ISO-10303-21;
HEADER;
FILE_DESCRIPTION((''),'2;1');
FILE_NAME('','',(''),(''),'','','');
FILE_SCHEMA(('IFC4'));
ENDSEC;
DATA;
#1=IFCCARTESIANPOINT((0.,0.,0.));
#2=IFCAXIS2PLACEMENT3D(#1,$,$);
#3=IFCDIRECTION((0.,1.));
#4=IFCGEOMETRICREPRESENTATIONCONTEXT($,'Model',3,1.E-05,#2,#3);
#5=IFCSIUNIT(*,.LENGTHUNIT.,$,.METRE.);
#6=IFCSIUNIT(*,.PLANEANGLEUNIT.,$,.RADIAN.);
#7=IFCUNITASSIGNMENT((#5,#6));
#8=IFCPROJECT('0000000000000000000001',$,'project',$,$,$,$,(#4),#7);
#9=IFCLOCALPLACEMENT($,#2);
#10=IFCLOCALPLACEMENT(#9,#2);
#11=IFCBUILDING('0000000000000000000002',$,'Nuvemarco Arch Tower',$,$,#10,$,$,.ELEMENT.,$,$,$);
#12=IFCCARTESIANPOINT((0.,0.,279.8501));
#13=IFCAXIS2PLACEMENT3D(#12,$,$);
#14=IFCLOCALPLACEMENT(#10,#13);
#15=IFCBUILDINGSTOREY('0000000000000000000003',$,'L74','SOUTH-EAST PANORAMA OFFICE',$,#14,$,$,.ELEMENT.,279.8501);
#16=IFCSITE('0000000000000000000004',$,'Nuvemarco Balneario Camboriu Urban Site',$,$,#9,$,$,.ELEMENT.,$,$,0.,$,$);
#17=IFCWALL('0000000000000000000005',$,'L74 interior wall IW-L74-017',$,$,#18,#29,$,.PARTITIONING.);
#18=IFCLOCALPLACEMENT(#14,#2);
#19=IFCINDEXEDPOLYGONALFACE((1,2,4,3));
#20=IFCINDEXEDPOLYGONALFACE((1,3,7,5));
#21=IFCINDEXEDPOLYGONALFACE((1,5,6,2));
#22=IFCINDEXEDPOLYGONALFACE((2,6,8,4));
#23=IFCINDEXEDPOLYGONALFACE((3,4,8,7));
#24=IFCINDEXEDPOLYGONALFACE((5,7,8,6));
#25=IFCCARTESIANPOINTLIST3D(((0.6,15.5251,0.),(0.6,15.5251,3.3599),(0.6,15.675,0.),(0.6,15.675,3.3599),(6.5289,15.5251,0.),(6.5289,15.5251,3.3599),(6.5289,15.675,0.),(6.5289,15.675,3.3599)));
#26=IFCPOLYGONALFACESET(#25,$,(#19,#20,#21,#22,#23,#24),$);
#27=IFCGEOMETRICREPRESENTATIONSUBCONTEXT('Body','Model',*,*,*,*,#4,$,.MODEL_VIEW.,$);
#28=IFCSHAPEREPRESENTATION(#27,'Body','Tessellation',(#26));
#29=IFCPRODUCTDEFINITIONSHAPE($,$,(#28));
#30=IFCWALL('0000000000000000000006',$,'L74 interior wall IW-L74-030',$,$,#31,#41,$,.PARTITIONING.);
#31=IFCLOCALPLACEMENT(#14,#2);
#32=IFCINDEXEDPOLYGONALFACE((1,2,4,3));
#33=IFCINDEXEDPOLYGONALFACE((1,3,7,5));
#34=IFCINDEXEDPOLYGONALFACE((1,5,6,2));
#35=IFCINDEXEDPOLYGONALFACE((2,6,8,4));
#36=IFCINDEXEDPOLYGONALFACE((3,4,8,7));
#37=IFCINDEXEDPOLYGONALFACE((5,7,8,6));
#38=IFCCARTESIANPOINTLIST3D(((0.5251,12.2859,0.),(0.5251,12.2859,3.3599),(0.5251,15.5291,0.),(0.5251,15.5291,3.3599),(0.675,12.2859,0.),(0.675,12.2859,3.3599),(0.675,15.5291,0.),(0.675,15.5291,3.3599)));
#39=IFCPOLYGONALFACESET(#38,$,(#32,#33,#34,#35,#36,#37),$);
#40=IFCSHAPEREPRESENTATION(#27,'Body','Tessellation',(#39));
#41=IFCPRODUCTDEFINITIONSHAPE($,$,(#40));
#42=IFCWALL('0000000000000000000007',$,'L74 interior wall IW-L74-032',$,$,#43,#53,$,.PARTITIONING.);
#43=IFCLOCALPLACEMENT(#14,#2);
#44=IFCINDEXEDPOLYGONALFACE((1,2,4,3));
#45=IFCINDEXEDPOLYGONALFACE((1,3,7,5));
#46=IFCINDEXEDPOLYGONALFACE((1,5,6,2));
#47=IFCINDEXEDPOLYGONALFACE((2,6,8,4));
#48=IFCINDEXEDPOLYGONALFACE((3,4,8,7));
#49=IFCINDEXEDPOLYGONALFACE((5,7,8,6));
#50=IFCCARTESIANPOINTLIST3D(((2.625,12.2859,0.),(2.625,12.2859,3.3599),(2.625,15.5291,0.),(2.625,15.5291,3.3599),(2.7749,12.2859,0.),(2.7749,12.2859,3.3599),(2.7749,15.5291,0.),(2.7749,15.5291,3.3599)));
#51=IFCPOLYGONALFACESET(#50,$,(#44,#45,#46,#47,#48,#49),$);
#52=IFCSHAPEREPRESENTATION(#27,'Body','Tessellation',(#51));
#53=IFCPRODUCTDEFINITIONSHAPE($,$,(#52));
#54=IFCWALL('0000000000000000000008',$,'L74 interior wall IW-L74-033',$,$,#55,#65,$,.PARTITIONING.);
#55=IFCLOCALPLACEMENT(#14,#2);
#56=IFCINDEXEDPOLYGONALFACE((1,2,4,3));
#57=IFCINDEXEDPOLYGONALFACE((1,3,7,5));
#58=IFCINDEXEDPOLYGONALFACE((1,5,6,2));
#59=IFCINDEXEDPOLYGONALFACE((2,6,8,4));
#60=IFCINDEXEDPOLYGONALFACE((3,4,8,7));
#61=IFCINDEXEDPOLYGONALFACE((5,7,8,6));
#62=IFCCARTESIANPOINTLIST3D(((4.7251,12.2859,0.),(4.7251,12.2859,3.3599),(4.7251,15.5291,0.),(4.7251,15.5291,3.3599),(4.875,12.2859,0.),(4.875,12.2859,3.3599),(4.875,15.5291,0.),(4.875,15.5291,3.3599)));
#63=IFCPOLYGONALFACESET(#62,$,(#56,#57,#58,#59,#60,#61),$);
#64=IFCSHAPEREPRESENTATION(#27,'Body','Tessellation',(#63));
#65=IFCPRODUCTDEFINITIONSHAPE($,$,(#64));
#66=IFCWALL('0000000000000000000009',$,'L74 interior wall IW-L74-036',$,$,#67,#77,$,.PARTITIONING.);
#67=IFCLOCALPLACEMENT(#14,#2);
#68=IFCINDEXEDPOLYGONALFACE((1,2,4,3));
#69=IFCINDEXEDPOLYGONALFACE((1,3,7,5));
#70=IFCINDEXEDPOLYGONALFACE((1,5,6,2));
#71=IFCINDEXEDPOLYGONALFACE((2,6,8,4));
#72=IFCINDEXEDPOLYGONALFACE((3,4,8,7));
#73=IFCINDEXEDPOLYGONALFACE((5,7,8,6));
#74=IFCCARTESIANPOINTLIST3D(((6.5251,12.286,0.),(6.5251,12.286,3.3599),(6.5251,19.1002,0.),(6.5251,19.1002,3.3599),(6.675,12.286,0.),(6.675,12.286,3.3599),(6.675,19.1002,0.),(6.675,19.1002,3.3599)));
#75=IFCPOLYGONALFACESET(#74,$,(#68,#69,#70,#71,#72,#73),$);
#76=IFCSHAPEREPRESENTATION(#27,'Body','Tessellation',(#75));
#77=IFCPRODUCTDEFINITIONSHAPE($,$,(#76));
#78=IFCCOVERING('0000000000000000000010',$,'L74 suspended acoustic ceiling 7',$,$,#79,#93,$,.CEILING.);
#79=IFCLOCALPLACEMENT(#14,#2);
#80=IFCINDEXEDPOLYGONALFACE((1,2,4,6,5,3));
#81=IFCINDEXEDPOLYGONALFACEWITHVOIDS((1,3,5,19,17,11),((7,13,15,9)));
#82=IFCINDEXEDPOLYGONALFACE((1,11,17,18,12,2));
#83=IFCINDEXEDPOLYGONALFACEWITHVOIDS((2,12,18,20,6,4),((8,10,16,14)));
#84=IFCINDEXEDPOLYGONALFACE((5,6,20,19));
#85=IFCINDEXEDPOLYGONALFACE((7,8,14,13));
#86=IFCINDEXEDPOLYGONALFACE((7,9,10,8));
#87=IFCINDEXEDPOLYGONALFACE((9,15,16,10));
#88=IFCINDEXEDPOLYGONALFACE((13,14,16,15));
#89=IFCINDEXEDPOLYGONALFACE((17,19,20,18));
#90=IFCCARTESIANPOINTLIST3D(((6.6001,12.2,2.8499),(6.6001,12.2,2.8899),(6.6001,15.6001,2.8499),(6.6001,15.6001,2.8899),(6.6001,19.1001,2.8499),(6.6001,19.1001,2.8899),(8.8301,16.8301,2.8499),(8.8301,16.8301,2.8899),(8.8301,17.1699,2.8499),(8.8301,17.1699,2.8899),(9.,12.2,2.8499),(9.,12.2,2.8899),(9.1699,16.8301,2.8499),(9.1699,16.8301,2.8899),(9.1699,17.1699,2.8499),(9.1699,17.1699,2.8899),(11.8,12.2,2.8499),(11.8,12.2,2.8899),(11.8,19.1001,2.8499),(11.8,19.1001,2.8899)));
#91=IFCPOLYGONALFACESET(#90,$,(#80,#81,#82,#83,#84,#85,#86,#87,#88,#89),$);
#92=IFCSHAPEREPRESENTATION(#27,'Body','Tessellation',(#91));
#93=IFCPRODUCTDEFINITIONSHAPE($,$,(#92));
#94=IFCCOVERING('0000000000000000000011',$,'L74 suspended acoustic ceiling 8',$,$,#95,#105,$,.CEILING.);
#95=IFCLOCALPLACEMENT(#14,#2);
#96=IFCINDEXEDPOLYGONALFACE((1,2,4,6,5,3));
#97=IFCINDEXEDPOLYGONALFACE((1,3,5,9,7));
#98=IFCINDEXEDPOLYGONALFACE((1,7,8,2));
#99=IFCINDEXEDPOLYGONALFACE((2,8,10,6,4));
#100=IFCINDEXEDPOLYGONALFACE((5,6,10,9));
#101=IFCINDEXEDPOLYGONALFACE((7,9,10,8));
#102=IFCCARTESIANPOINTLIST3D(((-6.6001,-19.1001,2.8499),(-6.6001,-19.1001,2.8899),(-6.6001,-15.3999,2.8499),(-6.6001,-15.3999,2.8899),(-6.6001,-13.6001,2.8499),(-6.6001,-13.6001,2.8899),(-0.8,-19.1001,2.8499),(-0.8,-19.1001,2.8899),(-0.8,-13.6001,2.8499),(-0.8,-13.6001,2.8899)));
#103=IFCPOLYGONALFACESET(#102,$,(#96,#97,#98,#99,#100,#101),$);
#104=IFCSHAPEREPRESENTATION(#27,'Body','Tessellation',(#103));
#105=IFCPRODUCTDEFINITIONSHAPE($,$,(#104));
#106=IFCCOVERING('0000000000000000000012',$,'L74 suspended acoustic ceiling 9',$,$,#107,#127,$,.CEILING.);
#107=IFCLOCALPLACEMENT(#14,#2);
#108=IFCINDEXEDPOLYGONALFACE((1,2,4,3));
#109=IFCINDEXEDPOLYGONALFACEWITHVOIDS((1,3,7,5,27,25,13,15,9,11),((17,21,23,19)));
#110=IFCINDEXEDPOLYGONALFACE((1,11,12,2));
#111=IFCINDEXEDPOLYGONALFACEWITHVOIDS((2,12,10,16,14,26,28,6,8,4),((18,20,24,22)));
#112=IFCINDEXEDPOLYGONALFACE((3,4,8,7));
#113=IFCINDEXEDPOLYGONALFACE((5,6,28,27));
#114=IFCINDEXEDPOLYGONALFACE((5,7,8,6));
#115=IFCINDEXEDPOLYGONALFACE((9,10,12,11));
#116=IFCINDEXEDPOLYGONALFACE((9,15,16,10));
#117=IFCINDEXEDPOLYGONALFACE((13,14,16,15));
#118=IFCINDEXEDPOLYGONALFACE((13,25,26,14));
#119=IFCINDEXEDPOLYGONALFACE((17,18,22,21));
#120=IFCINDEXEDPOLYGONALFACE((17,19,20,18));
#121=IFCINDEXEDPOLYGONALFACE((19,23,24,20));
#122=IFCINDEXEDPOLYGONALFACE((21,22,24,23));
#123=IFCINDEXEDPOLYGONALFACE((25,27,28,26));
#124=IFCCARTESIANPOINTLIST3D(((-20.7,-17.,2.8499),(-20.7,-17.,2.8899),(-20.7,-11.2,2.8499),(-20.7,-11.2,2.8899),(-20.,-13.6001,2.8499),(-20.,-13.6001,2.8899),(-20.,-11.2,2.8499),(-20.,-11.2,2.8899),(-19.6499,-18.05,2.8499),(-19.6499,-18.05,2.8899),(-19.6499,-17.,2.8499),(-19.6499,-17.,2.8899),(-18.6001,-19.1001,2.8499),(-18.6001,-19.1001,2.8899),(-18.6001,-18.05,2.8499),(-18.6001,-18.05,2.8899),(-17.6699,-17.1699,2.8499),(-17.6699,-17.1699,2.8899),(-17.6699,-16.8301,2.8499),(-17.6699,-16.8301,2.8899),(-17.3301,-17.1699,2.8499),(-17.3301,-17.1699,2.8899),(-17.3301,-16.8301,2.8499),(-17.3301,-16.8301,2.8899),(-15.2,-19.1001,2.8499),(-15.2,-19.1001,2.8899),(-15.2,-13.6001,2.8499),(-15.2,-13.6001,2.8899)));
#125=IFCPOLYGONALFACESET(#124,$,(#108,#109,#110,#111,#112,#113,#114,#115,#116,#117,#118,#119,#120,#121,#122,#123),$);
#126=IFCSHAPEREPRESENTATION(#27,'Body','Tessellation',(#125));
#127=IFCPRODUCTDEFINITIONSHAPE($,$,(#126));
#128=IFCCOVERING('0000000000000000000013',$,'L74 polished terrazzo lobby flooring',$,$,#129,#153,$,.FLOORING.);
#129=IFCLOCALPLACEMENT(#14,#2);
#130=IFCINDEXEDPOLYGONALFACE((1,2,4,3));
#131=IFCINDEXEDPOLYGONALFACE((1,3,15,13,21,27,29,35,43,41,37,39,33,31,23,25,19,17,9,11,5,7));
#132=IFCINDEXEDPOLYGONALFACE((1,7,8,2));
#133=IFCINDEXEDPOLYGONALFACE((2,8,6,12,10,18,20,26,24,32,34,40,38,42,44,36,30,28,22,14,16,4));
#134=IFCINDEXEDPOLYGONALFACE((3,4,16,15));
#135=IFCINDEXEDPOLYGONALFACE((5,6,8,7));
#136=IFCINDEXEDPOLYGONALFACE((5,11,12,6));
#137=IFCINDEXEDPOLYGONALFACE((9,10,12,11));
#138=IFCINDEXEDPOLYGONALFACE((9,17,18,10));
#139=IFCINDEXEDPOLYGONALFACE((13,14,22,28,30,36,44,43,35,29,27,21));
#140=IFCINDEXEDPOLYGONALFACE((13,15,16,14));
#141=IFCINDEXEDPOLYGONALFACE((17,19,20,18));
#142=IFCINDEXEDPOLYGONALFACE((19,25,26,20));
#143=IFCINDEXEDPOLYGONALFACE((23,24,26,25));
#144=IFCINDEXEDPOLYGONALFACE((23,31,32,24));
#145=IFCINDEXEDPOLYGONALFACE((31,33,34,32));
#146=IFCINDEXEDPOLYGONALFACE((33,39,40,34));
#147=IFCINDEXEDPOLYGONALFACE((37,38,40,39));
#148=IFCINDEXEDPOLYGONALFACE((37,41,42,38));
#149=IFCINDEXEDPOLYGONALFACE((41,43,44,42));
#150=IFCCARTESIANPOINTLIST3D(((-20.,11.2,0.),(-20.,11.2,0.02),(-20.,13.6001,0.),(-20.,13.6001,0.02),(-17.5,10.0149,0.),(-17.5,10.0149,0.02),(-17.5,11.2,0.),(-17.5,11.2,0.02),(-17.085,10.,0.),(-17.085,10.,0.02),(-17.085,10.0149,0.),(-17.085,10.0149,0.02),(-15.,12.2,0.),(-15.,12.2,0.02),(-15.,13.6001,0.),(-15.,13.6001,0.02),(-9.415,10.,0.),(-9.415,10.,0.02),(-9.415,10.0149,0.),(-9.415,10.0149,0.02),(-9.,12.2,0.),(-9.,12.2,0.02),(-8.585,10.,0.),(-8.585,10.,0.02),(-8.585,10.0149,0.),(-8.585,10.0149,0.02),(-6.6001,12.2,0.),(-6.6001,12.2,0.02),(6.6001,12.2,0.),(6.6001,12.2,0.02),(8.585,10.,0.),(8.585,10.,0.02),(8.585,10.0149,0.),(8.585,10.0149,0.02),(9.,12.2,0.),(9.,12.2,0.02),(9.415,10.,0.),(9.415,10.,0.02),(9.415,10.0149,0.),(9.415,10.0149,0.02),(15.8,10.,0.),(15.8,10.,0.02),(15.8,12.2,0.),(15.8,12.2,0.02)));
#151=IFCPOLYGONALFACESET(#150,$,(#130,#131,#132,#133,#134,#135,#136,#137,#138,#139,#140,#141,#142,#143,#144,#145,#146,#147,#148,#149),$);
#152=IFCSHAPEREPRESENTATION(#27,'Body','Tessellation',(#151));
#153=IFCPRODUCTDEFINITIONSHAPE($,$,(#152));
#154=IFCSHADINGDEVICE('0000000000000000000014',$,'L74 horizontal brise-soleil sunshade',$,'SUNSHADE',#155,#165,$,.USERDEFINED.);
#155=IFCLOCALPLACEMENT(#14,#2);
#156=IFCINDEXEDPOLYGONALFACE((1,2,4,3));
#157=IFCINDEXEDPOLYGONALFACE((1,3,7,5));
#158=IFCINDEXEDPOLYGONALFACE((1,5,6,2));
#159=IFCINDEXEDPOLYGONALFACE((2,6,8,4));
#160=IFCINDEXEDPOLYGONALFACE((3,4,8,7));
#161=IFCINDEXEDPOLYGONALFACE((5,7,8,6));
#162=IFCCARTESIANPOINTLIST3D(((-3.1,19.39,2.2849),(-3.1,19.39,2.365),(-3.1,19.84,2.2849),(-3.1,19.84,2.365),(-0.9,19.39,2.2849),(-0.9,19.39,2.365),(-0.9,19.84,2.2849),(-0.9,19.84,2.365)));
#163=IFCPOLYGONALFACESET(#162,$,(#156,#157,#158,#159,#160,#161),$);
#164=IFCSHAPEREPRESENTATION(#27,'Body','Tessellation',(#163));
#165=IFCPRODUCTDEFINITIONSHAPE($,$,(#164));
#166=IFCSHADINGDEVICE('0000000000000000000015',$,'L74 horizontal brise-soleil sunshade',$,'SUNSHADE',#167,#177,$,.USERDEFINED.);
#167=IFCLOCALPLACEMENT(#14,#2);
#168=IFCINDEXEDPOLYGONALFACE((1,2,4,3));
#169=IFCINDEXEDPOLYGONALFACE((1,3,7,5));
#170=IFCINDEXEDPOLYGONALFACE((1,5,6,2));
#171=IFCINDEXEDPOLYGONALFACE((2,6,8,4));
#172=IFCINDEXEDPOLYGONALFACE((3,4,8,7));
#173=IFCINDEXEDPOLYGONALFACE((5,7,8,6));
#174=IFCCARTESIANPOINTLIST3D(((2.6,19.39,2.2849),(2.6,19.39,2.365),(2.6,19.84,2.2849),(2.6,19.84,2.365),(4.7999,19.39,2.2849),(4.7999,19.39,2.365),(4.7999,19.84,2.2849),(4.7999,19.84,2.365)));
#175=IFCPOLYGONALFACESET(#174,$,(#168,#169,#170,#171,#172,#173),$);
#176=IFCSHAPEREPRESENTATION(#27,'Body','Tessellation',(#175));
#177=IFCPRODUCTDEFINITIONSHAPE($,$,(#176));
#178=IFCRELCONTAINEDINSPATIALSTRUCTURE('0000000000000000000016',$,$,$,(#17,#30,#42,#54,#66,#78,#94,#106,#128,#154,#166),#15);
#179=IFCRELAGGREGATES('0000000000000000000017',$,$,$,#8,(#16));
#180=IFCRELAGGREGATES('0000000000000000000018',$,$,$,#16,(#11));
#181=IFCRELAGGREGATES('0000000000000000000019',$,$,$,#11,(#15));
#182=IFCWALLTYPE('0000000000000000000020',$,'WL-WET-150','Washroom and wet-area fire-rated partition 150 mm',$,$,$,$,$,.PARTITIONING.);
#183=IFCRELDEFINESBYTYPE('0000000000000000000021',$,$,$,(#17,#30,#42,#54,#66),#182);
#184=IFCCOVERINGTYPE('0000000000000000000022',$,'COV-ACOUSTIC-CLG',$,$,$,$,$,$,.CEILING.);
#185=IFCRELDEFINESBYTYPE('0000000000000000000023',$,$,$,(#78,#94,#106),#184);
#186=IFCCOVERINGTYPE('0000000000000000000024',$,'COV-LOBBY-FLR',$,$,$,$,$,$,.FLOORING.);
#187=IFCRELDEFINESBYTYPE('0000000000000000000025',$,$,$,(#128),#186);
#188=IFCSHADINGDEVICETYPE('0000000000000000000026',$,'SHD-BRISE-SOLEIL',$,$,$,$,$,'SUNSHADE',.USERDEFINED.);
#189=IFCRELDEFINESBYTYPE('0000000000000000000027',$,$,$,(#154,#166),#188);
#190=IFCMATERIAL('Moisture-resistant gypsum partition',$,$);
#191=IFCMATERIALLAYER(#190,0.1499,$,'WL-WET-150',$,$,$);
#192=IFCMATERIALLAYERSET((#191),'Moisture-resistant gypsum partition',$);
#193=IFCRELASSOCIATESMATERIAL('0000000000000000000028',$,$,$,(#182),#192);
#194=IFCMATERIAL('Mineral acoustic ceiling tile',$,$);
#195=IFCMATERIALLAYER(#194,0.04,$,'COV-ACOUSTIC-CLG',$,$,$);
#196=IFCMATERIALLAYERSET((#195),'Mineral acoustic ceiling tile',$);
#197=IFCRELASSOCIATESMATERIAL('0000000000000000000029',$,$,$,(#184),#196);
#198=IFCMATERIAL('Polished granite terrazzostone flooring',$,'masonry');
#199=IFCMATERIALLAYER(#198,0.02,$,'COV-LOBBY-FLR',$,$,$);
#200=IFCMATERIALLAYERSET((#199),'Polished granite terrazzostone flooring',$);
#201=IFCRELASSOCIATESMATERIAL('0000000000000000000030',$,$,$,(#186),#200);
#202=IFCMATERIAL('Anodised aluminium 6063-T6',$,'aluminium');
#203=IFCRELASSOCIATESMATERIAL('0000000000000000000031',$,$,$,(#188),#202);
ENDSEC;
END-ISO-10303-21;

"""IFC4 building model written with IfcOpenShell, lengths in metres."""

from ifc_helpers import new_model, si_unit, direction, frame, frame_2d, origin, origin_2d, place, context, subcontext, project, spatial, polyline, rectangle, outline, extrude, source, transform, mapped, material, layer, layer_set, type_object, type_shapes, element, save


model = new_model("IFC4")

# Units and contexts
model_context = context("Model", 3, precision=1e-05, world=origin(), true_north=direction((0.0, 1.0)))
body_context = subcontext(model_context, "Body", "Model", "MODEL_VIEW")
ifc_project = project(units=[si_unit("LENGTHUNIT", "METRE"), si_unit("PLANEANGLEUNIT", "RADIAN")], contexts=[model_context])

# Site, building, storey
site_placement = place(None, origin())
site = spatial("IfcSite", under=ifc_project, at=site_placement, Name="Nuvemarco Balneario Camboriu Urban Site", CompositionType="ELEMENT", RefElevation=0.0)
building_placement = place(site_placement, origin())
building = spatial("IfcBuilding", under=site, at=building_placement, Name="Nuvemarco Arch Tower", CompositionType="ELEMENT")
storey_placement = place(building_placement, frame((0.0, 0.0, 279.8501)))
storey = spatial("IfcBuildingStorey", under=building, at=storey_placement, Name="L74", Description="SOUTH-EAST PANORAMA OFFICE", CompositionType="ELEMENT", Elevation=279.8501)

# Walls
ifc_material_1 = material(Name="Moisture-resistant gypsum partition")
ifc_layer_1 = layer(ifc_material_1, 0.1499, Name="WL-WET-150")
ifc_layer_set_1 = layer_set([ifc_layer_1], Name="Moisture-resistant gypsum partition")
wall_type_1 = type_object("IfcWallType", Name="WL-WET-150", Description="Washroom and wet-area fire-rated partition 150 mm", PredefinedType="PARTITIONING", material=ifc_layer_set_1)
wall_1_placement = place(storey_placement, frame((0.6001, 15.6001, 0.0), z_axis=(0.0, 0.0, 1.0), x_axis=(1.0, 0.0, 0.0)))
element("IfcWall", 1, at=wall_1_placement, inside=storey, type_object=wall_type_1, Name="L74 interior wall IW-L74-017", PredefinedType="PARTITIONING", context=body_context, shape_type="SweptSolid", body=[
    extrude(rectangle(XDim=5.929, YDim=0.1499, at=frame_2d((2.9644, 0.0))), origin(), (0.0, 0.0, 1.0), 3.3599),
])
for number, where, z_axis, x_axis, name in (
    (2, (0.6001, 12.2859, 0.0), (0.0, 0.0, 1.0), (0.0, 1.0, 0.0), "L74 interior wall IW-L74-030"),
    (3, (2.7, 12.2859, 0.0), (0.0, 0.0, 1.0), (0.0, 1.0, 0.0), "L74 interior wall IW-L74-032"),
    (4, (4.8, 12.2859, 0.0), (0.0, 0.0, 1.0), (0.0, 1.0, 0.0), "L74 interior wall IW-L74-033"),
):
    element("IfcWall", number, at=place(storey_placement, frame(where, z_axis=z_axis, x_axis=x_axis)), inside=storey, type_object=wall_type_1, Name=name, PredefinedType="PARTITIONING", context=body_context, shape_type="SweptSolid", body=[
        extrude(rectangle(XDim=3.2432, YDim=0.1499, at=frame_2d((1.6216, 0.0))), origin(), (0.0, 0.0, 1.0), 3.3599),
    ])
wall_2_placement = place(storey_placement, frame((6.6001, 12.2859, 0.0), z_axis=(0.0, 0.0, 1.0), x_axis=(0.0, 1.0, 0.0)))
element("IfcWall", 5, at=wall_2_placement, inside=storey, type_object=wall_type_1, Name="L74 interior wall IW-L74-036", PredefinedType="PARTITIONING", context=body_context, shape_type="SweptSolid", body=[
    extrude(rectangle(XDim=6.8142, YDim=0.1499, at=frame_2d((3.4072, 0.0))), origin(), (0.0, 0.0, 1.0), 3.3599),
])

# Coverings
ifc_material_2 = material(Name="Mineral acoustic ceiling tile")
ifc_layer_2 = layer(ifc_material_2, 0.04, Name="COV-ACOUSTIC-CLG")
ifc_layer_set_2 = layer_set([ifc_layer_2], Name="Mineral acoustic ceiling tile")
covering_type_1 = type_object("IfcCoveringType", Name="COV-ACOUSTIC-CLG", PredefinedType="CEILING", material=ifc_layer_set_2)
covering_1_placement = place(storey_placement, frame((0.0, 0.0, 2.8499)))
element("IfcCovering", 6, at=covering_1_placement, inside=storey, type_object=covering_type_1, Name="L74 suspended acoustic ceiling 7", PredefinedType="CEILING", context=body_context, shape_type="SweptSolid", body=[
    extrude(outline(polyline([(11.8, 19.1001), (11.8, 12.2), (9.0, 12.2), (6.6001, 12.2), (6.6001, 15.6001), (6.6001, 19.1001), (11.8, 19.1001)]), holes=[polyline([(9.1699, 17.1699), (8.8301, 17.1699), (8.8301, 16.8301), (9.1699, 16.8301), (9.1699, 17.1699)])]), origin(), (0.0, 0.0, 1.0), 0.04),
])
covering_2_placement = place(storey_placement, frame((0.0, 0.0, 2.8499)))
element("IfcCovering", 7, at=covering_2_placement, inside=storey, type_object=covering_type_1, Name="L74 suspended acoustic ceiling 8", PredefinedType="CEILING", context=body_context, shape_type="SweptSolid", body=[
    extrude(outline(polyline([(-0.8, -13.6001), (-0.8, -19.1001), (-6.6001, -19.1001), (-6.6001, -15.3999), (-6.6001, -13.6001), (-0.8, -13.6001)])), origin(), (0.0, 0.0, 1.0), 0.04),
])
covering_3_placement = place(storey_placement, frame((0.0, 0.0, 2.8499)))
element("IfcCovering", 8, at=covering_3_placement, inside=storey, type_object=covering_type_1, Name="L74 suspended acoustic ceiling 9", PredefinedType="CEILING", context=body_context, shape_type="SweptSolid", body=[
    extrude(outline(polyline([(-20.7, -17.0), (-20.7, -11.2), (-20.0, -11.2), (-20.0, -13.6001), (-15.2, -13.6001), (-15.2, -19.1001), (-18.6001, -19.1001), (-18.6001, -18.05), (-19.6499, -18.05), (-19.6499, -17.0), (-20.7, -17.0)]), holes=[polyline([(-17.3301, -16.8301), (-17.6699, -16.8301), (-17.6699, -17.1699), (-17.3301, -17.1699), (-17.3301, -16.8301)])]), origin(), (0.0, 0.0, 1.0), 0.04),
])
ifc_material_3 = material(Name="Polished granite terrazzostone flooring", Category="masonry")
ifc_layer_3 = layer(ifc_material_3, 0.02, Name="COV-LOBBY-FLR")
ifc_layer_set_3 = layer_set([ifc_layer_3], Name="Polished granite terrazzostone flooring")
covering_type_2 = type_object("IfcCoveringType", Name="COV-LOBBY-FLR", PredefinedType="FLOORING", material=ifc_layer_set_3)
covering_4_placement = place(storey_placement, origin())
element("IfcCovering", 9, at=covering_4_placement, inside=storey, type_object=covering_type_2, Name="L74 polished terrazzo lobby flooring", PredefinedType="FLOORING", context=body_context, shape_type="SweptSolid", body=[
    extrude(outline(polyline([(-8.585, 10.0149), (-9.415, 10.0149), (-9.415, 10.0), (-17.085, 10.0), (-17.085, 10.0149), (-17.5, 10.0149), (-17.5, 11.2), (-20.0, 11.2), (-20.0, 13.6001), (-15.0, 13.6001), (-15.0, 12.2), (-9.0, 12.2), (-6.6001, 12.2), (6.6001, 12.2), (9.0, 12.2), (15.8, 12.2), (15.8, 10.0), (9.415, 10.0), (9.415, 10.0149), (8.585, 10.0149), (8.585, 10.0), (-8.585, 10.0), (-8.585, 10.0149)])), origin(), (0.0, 0.0, 1.0), 0.02),
])

# Shading devices
ifc_material_4 = material(Name="Anodised aluminium 6063-T6", Category="aluminium")
shading_device_type = type_object("IfcShadingDeviceType", Name="SHD-BRISE-SOLEIL", ElementType="SUNSHADE", PredefinedType="USERDEFINED", material=ifc_material_4)
shared_shape_1 = source(origin(), body_context, "Body", "SweptSolid", [
    extrude(rectangle(XDim=2.2, YDim=0.45, at=origin_2d()), origin(), (0.0, 0.0, 1.0), 0.0801),
])
type_shapes(shading_device_type, [shared_shape_1])
for number, where, z_axis, x_axis, name in (
    (10, (-2.0, 19.615, 2.2849), (0.0, 0.0, 1.0), (1.0, 0.0, 0.0), "L74 horizontal brise-soleil sunshade"),
    (11, (3.7, 19.615, 2.2849), (0.0, 0.0, 1.0), (1.0, 0.0, 0.0), "L74 horizontal brise-soleil sunshade"),
):
    element("IfcShadingDevice", number, at=place(storey_placement, frame(where, z_axis=z_axis, x_axis=x_axis)), inside=storey, type_object=shading_device_type, Name=name, ObjectType="SUNSHADE", PredefinedType="USERDEFINED", context=body_context, shape_type="MappedRepresentation", body=[
        mapped(shared_shape_1, transform((0.0, 0.0, 0.0), scale=1.0)),
    ])

save(model, "model.ifc")
